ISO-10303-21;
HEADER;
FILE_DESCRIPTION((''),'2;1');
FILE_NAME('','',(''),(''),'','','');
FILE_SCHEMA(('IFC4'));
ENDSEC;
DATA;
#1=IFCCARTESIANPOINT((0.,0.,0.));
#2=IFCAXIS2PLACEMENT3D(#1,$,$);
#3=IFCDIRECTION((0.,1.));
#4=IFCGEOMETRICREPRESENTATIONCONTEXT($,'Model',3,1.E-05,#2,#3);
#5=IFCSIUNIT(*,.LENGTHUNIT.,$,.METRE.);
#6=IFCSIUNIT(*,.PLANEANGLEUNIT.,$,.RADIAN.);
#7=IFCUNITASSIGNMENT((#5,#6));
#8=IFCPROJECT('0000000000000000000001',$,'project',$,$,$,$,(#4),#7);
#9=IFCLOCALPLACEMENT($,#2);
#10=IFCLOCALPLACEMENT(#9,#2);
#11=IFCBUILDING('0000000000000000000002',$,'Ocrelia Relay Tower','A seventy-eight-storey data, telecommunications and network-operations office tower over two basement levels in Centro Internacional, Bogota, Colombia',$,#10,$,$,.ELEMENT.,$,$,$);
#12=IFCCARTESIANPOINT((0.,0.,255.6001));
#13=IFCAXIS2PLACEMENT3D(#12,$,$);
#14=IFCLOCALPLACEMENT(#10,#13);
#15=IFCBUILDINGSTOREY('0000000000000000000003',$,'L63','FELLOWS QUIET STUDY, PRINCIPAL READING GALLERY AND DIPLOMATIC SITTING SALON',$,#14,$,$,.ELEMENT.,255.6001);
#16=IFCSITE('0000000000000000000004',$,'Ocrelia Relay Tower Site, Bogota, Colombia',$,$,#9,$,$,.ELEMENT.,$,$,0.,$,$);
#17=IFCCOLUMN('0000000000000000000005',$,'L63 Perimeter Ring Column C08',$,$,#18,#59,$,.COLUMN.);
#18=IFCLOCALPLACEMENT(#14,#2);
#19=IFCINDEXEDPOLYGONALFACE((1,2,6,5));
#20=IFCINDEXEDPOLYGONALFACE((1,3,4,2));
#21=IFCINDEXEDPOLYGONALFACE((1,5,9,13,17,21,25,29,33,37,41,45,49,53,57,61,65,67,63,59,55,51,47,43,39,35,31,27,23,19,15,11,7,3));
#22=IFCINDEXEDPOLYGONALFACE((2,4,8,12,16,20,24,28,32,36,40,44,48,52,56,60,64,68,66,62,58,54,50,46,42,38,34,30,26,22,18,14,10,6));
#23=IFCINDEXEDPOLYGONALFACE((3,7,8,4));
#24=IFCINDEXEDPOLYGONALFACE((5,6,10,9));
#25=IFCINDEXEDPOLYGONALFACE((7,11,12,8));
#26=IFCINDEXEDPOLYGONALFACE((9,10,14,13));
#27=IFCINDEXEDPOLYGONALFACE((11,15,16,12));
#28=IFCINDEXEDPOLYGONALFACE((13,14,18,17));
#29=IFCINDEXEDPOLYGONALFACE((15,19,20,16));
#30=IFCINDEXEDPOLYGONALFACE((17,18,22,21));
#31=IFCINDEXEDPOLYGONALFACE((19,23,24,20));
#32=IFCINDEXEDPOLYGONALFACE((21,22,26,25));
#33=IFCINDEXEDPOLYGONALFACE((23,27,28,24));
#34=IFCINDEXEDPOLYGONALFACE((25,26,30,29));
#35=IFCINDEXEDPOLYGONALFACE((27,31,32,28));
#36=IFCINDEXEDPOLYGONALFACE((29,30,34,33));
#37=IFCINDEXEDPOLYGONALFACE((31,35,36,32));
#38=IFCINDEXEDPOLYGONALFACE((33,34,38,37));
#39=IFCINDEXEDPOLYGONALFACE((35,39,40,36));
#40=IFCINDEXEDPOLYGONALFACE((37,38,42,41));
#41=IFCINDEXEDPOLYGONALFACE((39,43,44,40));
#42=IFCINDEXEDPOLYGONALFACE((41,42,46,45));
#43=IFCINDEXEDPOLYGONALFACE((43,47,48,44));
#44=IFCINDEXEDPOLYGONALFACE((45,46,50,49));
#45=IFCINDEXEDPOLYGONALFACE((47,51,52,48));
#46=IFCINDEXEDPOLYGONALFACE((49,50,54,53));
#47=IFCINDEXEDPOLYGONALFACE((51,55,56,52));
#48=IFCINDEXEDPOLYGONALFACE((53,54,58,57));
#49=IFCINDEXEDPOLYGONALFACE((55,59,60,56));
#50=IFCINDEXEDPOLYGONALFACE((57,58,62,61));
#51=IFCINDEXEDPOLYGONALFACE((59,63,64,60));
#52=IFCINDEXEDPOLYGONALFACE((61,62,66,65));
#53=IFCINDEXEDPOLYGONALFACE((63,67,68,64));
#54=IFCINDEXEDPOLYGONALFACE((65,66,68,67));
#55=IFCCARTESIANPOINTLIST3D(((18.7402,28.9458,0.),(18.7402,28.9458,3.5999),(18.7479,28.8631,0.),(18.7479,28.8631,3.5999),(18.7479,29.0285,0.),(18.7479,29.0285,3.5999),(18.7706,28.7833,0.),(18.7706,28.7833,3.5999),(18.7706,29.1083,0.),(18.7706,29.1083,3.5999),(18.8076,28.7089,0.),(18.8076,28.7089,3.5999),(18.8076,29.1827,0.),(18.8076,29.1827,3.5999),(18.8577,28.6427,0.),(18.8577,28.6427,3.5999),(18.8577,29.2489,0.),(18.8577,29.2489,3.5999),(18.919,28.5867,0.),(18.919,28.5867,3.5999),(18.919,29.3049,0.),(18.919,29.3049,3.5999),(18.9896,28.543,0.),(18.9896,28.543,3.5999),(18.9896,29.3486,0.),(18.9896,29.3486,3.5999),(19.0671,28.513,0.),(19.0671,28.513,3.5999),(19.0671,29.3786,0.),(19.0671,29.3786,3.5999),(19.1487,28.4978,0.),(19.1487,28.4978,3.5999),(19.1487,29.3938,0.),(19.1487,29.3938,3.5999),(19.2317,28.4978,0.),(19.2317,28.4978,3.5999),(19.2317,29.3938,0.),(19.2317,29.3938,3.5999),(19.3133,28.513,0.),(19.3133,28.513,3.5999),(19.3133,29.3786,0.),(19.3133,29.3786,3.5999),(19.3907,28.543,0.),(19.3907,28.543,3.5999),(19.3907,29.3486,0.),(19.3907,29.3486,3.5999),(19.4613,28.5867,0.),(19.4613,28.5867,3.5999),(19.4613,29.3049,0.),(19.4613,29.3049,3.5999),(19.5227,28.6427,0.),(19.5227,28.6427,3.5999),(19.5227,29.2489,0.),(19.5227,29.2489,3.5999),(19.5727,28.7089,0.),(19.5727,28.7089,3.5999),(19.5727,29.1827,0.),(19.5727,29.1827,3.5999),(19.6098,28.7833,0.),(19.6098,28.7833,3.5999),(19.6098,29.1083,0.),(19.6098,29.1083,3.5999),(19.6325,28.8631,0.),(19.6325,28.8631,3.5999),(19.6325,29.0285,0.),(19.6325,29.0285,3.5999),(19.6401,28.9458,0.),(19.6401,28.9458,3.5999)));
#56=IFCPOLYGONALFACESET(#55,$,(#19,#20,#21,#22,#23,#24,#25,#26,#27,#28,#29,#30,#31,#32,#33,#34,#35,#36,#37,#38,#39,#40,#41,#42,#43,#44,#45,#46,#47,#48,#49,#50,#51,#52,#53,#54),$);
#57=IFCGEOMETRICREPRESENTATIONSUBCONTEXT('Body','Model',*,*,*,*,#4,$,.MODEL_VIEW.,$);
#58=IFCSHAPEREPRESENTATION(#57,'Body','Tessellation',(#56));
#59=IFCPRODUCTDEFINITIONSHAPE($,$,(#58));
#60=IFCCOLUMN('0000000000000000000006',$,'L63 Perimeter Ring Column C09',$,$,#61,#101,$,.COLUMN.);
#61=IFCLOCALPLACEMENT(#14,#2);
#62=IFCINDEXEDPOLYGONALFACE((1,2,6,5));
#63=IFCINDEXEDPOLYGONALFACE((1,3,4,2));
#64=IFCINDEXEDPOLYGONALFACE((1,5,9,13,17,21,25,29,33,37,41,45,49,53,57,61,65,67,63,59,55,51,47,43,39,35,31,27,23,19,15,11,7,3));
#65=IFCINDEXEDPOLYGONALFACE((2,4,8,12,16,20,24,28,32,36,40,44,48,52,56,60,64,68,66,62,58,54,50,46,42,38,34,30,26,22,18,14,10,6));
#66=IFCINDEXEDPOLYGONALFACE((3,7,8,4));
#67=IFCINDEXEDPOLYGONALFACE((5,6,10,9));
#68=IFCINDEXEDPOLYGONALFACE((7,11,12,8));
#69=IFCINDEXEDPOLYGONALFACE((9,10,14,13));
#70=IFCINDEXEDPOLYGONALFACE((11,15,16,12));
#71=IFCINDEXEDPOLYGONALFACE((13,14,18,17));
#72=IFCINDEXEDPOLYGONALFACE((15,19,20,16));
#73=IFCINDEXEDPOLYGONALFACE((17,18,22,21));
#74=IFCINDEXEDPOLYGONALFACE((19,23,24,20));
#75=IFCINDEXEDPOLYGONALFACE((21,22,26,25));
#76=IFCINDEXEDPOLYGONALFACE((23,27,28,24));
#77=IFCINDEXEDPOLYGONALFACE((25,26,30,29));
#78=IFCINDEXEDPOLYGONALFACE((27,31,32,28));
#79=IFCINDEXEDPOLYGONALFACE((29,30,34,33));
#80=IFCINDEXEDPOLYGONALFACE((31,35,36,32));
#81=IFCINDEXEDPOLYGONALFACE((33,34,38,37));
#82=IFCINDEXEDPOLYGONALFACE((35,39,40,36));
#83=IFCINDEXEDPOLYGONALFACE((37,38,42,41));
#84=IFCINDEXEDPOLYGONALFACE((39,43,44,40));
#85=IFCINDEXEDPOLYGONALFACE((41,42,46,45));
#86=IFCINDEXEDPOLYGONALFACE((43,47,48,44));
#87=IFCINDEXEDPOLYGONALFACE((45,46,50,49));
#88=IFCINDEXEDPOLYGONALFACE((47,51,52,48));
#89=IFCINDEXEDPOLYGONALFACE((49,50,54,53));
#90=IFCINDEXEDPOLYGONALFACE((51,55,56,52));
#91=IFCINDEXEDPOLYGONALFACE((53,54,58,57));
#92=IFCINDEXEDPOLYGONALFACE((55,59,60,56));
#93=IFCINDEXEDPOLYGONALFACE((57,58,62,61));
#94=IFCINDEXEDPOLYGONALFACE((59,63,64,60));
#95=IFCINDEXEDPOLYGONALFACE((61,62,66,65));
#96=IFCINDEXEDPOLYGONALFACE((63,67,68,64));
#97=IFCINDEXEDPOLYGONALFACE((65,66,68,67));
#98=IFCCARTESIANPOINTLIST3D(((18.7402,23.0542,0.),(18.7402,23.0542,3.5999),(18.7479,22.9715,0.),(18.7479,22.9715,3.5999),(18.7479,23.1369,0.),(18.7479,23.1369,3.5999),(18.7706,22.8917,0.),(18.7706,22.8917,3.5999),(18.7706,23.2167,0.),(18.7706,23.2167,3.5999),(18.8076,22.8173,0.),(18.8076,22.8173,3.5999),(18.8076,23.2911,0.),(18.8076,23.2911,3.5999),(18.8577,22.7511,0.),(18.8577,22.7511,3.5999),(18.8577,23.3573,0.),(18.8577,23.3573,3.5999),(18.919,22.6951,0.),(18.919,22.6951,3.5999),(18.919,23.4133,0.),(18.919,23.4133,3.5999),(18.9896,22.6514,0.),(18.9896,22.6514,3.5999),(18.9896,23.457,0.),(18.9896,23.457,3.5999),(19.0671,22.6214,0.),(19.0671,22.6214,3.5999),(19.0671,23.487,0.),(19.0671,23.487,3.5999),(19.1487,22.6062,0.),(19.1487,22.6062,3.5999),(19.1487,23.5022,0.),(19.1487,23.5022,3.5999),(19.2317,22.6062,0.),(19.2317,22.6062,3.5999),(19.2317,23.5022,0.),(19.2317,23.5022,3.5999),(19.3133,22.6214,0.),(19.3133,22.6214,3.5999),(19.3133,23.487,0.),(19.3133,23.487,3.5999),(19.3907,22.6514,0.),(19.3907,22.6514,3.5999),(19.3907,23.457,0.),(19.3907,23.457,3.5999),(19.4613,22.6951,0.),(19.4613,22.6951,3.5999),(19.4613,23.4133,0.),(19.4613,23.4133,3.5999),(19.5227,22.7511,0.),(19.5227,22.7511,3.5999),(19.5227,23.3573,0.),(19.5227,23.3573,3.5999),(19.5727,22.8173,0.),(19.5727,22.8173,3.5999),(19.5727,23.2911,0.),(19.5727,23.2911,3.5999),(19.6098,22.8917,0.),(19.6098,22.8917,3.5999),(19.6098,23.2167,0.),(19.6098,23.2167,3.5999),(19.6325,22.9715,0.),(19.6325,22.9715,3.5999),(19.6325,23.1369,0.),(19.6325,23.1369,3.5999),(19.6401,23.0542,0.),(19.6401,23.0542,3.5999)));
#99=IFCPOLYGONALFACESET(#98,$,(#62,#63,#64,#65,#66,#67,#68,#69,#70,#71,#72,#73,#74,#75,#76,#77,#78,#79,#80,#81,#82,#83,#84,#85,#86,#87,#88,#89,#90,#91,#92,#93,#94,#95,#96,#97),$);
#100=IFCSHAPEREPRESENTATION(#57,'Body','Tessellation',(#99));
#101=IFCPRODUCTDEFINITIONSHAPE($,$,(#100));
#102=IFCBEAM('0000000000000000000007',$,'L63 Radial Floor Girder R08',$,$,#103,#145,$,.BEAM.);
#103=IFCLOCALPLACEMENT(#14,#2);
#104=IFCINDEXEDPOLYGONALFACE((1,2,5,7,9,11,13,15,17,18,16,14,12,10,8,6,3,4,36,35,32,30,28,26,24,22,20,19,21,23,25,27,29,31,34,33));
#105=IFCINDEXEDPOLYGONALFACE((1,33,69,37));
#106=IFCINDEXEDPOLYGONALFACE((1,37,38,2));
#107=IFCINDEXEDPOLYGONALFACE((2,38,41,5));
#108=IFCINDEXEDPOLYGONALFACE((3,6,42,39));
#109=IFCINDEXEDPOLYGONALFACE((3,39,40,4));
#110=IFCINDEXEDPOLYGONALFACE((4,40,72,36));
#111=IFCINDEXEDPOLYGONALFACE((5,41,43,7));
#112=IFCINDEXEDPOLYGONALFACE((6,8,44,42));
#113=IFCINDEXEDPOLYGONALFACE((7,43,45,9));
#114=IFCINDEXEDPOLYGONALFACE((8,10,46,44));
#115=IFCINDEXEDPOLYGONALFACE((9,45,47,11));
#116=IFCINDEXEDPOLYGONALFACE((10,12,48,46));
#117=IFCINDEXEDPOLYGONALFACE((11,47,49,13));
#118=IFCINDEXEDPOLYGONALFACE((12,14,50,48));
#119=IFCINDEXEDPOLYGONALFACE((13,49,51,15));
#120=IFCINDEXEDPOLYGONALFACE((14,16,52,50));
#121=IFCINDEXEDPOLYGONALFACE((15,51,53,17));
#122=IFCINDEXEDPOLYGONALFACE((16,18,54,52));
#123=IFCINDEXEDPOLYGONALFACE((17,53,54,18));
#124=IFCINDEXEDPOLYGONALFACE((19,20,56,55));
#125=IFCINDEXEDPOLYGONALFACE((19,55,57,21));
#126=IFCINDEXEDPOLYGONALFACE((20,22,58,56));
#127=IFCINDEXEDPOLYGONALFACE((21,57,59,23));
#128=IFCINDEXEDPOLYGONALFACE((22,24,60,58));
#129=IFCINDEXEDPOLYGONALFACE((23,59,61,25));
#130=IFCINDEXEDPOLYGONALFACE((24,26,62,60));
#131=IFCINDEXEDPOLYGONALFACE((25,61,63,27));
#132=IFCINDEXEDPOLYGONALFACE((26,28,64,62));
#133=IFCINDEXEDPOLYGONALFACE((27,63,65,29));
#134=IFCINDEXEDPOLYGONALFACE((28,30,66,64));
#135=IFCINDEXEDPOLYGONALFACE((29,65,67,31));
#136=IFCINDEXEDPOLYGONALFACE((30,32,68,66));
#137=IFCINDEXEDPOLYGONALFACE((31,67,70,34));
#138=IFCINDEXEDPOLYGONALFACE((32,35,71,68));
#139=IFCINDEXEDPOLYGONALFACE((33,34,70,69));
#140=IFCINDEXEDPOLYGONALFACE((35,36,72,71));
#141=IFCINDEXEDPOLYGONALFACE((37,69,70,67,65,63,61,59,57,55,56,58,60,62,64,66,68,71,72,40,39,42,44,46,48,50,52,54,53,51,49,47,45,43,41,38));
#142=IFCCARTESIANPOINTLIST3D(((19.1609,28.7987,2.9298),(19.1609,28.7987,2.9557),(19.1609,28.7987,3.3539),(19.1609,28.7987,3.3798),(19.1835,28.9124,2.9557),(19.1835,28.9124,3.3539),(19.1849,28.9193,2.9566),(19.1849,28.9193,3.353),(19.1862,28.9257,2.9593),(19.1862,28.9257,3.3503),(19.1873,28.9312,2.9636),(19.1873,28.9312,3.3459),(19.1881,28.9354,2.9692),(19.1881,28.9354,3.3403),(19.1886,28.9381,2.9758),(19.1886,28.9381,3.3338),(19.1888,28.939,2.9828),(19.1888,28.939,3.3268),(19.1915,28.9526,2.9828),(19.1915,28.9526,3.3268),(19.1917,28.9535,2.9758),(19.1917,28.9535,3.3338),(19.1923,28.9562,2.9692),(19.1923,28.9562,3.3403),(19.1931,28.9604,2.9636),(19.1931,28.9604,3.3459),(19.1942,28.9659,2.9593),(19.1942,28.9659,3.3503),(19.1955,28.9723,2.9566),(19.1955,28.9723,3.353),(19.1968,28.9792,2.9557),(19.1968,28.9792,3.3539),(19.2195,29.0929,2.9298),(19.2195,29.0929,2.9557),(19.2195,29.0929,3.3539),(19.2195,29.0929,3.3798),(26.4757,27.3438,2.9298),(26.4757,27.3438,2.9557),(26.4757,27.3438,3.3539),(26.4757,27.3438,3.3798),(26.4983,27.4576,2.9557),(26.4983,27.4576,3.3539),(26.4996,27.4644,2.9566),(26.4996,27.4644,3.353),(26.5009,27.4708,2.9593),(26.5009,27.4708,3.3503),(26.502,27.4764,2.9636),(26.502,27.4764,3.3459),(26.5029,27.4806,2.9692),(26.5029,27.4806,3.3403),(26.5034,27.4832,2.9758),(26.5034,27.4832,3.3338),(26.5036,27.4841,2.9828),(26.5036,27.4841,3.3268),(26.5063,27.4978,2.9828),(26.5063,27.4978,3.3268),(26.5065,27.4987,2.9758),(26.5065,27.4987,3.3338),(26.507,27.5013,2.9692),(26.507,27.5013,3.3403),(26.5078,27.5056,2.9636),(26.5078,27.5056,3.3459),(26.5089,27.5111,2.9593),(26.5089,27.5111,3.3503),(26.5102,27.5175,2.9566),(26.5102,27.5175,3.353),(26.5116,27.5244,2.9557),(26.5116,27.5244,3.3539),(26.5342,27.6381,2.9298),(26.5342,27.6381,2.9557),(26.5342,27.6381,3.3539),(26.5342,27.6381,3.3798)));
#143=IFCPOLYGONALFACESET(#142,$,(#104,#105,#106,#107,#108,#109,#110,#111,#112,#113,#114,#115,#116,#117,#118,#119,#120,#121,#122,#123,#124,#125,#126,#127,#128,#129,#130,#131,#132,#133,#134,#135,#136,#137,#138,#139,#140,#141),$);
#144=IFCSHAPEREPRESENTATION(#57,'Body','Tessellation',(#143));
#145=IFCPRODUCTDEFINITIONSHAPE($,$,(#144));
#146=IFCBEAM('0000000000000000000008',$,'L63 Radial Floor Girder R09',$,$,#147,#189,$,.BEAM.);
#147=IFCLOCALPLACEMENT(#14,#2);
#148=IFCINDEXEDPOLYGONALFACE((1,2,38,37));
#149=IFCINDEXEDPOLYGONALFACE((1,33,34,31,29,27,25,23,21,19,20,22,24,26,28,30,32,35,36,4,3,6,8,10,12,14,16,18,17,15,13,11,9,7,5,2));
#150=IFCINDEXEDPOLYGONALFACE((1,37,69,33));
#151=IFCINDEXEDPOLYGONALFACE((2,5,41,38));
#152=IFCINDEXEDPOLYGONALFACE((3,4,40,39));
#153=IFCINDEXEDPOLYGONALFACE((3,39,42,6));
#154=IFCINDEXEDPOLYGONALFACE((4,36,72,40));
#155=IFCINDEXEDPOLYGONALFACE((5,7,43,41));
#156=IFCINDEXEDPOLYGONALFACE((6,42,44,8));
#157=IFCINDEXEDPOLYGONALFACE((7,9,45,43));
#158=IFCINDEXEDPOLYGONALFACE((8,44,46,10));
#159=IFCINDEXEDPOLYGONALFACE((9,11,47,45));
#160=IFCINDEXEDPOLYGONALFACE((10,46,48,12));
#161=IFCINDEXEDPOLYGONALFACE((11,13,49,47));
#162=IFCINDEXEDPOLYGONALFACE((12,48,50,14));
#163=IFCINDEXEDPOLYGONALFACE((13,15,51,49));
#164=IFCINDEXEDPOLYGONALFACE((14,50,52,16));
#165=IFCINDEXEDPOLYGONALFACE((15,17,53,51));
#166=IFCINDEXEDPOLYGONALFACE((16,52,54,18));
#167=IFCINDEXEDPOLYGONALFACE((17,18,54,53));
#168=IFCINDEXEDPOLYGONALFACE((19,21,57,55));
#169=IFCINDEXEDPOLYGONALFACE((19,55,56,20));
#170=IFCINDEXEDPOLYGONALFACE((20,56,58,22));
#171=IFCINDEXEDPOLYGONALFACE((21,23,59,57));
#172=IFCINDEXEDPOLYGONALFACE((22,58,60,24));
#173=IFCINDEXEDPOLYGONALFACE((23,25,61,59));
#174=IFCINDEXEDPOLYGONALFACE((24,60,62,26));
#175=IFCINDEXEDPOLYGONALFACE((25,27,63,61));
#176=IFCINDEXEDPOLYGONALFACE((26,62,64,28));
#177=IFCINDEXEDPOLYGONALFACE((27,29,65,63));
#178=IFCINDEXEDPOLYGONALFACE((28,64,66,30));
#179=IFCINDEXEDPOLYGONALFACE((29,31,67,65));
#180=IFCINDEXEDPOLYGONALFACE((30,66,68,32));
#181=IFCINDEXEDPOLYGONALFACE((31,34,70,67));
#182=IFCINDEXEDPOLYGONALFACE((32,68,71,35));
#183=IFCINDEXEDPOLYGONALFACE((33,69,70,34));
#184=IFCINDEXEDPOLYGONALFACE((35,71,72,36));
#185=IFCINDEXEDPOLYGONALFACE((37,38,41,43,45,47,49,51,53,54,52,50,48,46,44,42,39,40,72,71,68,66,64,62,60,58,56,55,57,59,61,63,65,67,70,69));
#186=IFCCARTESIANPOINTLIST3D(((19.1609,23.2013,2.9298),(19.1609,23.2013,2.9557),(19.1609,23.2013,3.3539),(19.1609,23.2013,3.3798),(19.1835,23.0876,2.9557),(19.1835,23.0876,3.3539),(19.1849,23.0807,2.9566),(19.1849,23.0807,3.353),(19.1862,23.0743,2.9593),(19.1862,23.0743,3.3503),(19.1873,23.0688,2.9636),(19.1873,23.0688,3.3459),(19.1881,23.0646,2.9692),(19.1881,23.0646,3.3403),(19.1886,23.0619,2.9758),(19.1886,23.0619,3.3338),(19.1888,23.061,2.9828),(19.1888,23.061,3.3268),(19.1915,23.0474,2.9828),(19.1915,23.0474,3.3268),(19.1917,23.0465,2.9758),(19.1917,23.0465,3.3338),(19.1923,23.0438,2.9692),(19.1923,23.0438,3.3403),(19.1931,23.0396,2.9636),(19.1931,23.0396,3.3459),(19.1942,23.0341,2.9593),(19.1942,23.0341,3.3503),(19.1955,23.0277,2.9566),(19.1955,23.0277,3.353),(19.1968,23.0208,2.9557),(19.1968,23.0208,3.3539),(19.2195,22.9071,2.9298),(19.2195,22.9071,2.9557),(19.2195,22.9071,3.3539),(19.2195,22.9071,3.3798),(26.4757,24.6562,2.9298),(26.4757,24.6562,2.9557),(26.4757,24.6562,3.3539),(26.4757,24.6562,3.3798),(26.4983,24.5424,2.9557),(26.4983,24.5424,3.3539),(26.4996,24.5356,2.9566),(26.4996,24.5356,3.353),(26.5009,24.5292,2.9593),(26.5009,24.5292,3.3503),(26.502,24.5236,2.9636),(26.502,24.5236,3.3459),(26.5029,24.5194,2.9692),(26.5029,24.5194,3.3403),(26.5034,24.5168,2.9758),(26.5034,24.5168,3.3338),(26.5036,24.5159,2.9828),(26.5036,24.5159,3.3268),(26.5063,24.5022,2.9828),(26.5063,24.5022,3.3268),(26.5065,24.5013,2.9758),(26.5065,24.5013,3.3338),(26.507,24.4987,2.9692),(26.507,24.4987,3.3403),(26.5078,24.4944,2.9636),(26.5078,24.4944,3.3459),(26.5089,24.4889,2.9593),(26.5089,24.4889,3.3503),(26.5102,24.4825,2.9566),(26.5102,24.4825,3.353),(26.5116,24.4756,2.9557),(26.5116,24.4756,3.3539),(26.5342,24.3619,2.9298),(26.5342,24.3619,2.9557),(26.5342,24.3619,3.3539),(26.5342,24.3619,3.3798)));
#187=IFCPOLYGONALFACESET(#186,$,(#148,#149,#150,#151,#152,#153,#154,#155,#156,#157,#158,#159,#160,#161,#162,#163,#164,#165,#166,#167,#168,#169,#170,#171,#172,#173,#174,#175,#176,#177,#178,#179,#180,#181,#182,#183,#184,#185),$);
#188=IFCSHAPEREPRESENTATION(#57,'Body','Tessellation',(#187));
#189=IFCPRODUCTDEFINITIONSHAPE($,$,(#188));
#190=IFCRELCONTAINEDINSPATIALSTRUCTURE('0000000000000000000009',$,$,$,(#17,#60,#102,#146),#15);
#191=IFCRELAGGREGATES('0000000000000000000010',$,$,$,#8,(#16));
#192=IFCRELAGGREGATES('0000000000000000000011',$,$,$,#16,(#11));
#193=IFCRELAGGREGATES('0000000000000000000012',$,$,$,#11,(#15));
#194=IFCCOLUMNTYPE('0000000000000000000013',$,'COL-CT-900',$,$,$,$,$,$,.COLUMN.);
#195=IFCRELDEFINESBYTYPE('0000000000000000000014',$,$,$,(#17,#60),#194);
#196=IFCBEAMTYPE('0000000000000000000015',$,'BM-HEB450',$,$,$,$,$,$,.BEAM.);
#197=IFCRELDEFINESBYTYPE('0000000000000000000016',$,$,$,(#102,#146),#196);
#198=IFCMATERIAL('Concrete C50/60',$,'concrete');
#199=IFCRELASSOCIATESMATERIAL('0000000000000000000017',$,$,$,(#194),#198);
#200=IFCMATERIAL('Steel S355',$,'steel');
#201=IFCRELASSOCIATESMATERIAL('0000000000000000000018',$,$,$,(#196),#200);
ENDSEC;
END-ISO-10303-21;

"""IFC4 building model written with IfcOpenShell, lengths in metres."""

from ifc_helpers import new_model, si_unit, direction, frame, origin, origin_2d, place, context, subcontext, project, spatial, circle, i_section, extrude, material, material_profile, profile_set, type_object, element, save


model = new_model("IFC4")

# Units and contexts
model_context = context("Model", 3, precision=1e-05, world=origin(), true_north=direction((0.0, 1.0)))
body_context = subcontext(model_context, "Body", "Model", "MODEL_VIEW")
ifc_project = project(units=[si_unit("LENGTHUNIT", "METRE"), si_unit("PLANEANGLEUNIT", "RADIAN")], contexts=[model_context])

# Site, building, storey
site_placement = place(None, origin())
site = spatial("IfcSite", under=ifc_project, at=site_placement, Name="Ocrelia Relay Tower Site, Bogota, Colombia", CompositionType="ELEMENT", RefElevation=0.0)
building_placement = place(site_placement, origin())
building = spatial("IfcBuilding", under=site, at=building_placement, Name="Ocrelia Relay Tower", Description="A seventy-eight-storey data, telecommunications and network-operations office tower over two basement levels in Centro Internacional, Bogota, Colombia", CompositionType="ELEMENT")
storey_placement = place(building_placement, frame((0.0, 0.0, 255.6001)))
storey = spatial("IfcBuildingStorey", under=building, at=storey_placement, Name="L63", Description="FELLOWS QUIET STUDY, PRINCIPAL READING GALLERY AND DIPLOMATIC SITTING SALON", CompositionType="ELEMENT", Elevation=255.6001)

# Columns
ifc_material_1 = material(Name="Concrete C50/60", Category="concrete")
ifc_material_profile_1 = material_profile(ifc_material_1, circle(Radius=0.45, at=origin_2d()), Name="RC-CIR-900")
ifc_profile_set_1 = profile_set([ifc_material_profile_1], Name="Concrete C50/60")
column_type = type_object("IfcColumnType", Name="COL-CT-900", PredefinedType="COLUMN", material=ifc_profile_set_1)
for number, where, z_axis, x_axis, name in (
    (1, (19.1902, 28.9458, 0.0), (0.0, 0.0, 1.0), (1.0, 0.0, 0.0), "L63 Perimeter Ring Column C08"),
    (2, (19.1902, 23.0542, 0.0), (0.0, 0.0, 1.0), (1.0, 0.0, 0.0), "L63 Perimeter Ring Column C09"),
):
    element("IfcColumn", number, at=place(storey_placement, frame(where, z_axis=z_axis, x_axis=x_axis)), inside=storey, type_object=column_type, Name=name, PredefinedType="COLUMN", context=body_context, shape_type="SweptSolid", body=[
        extrude(circle(Radius=0.45, at=origin_2d()), origin(), (0.0, 0.0, 1.0), 3.5999),
    ])

# Beams
ifc_material_2 = material(Name="Steel S355", Category="steel")
ifc_material_profile_2 = material_profile(ifc_material_2, i_section(OverallWidth=0.3, OverallDepth=0.45, WebThickness=0.0139, FlangeThickness=0.0259, FilletRadius=0.0271, at=origin_2d()), Name="HEB 450")
ifc_profile_set_2 = profile_set([ifc_material_profile_2], Name="Steel S355")
beam_type_1 = type_object("IfcBeamType", Name="BM-HEB450", PredefinedType="BEAM", material=ifc_profile_set_2)
for number, where, z_axis, x_axis, name in (
    (3, (19.1902, 28.9458, 3.1548), (0.980789, -0.195071, 0.0), (0.195071, 0.980789, 0.0), "L63 Radial Floor Girder R08"),
    (4, (19.1902, 23.0542, 3.1548), (0.980789, 0.195071, 0.0), (-0.195071, 0.980789, 0.0), "L63 Radial Floor Girder R09"),
):
    element("IfcBeam", number, at=place(storey_placement, frame(where, z_axis=z_axis, x_axis=x_axis)), inside=storey, type_object=beam_type_1, Name=name, PredefinedType="BEAM", context=body_context, shape_type="SweptSolid", body=[
        extrude(i_section(OverallWidth=0.3, OverallDepth=0.45, WebThickness=0.0139, FlangeThickness=0.0259, FilletRadius=0.0271, at=origin_2d()), origin(), (0.0, 0.0, 1.0), 7.458),
    ])

save(model, "model.ifc")
